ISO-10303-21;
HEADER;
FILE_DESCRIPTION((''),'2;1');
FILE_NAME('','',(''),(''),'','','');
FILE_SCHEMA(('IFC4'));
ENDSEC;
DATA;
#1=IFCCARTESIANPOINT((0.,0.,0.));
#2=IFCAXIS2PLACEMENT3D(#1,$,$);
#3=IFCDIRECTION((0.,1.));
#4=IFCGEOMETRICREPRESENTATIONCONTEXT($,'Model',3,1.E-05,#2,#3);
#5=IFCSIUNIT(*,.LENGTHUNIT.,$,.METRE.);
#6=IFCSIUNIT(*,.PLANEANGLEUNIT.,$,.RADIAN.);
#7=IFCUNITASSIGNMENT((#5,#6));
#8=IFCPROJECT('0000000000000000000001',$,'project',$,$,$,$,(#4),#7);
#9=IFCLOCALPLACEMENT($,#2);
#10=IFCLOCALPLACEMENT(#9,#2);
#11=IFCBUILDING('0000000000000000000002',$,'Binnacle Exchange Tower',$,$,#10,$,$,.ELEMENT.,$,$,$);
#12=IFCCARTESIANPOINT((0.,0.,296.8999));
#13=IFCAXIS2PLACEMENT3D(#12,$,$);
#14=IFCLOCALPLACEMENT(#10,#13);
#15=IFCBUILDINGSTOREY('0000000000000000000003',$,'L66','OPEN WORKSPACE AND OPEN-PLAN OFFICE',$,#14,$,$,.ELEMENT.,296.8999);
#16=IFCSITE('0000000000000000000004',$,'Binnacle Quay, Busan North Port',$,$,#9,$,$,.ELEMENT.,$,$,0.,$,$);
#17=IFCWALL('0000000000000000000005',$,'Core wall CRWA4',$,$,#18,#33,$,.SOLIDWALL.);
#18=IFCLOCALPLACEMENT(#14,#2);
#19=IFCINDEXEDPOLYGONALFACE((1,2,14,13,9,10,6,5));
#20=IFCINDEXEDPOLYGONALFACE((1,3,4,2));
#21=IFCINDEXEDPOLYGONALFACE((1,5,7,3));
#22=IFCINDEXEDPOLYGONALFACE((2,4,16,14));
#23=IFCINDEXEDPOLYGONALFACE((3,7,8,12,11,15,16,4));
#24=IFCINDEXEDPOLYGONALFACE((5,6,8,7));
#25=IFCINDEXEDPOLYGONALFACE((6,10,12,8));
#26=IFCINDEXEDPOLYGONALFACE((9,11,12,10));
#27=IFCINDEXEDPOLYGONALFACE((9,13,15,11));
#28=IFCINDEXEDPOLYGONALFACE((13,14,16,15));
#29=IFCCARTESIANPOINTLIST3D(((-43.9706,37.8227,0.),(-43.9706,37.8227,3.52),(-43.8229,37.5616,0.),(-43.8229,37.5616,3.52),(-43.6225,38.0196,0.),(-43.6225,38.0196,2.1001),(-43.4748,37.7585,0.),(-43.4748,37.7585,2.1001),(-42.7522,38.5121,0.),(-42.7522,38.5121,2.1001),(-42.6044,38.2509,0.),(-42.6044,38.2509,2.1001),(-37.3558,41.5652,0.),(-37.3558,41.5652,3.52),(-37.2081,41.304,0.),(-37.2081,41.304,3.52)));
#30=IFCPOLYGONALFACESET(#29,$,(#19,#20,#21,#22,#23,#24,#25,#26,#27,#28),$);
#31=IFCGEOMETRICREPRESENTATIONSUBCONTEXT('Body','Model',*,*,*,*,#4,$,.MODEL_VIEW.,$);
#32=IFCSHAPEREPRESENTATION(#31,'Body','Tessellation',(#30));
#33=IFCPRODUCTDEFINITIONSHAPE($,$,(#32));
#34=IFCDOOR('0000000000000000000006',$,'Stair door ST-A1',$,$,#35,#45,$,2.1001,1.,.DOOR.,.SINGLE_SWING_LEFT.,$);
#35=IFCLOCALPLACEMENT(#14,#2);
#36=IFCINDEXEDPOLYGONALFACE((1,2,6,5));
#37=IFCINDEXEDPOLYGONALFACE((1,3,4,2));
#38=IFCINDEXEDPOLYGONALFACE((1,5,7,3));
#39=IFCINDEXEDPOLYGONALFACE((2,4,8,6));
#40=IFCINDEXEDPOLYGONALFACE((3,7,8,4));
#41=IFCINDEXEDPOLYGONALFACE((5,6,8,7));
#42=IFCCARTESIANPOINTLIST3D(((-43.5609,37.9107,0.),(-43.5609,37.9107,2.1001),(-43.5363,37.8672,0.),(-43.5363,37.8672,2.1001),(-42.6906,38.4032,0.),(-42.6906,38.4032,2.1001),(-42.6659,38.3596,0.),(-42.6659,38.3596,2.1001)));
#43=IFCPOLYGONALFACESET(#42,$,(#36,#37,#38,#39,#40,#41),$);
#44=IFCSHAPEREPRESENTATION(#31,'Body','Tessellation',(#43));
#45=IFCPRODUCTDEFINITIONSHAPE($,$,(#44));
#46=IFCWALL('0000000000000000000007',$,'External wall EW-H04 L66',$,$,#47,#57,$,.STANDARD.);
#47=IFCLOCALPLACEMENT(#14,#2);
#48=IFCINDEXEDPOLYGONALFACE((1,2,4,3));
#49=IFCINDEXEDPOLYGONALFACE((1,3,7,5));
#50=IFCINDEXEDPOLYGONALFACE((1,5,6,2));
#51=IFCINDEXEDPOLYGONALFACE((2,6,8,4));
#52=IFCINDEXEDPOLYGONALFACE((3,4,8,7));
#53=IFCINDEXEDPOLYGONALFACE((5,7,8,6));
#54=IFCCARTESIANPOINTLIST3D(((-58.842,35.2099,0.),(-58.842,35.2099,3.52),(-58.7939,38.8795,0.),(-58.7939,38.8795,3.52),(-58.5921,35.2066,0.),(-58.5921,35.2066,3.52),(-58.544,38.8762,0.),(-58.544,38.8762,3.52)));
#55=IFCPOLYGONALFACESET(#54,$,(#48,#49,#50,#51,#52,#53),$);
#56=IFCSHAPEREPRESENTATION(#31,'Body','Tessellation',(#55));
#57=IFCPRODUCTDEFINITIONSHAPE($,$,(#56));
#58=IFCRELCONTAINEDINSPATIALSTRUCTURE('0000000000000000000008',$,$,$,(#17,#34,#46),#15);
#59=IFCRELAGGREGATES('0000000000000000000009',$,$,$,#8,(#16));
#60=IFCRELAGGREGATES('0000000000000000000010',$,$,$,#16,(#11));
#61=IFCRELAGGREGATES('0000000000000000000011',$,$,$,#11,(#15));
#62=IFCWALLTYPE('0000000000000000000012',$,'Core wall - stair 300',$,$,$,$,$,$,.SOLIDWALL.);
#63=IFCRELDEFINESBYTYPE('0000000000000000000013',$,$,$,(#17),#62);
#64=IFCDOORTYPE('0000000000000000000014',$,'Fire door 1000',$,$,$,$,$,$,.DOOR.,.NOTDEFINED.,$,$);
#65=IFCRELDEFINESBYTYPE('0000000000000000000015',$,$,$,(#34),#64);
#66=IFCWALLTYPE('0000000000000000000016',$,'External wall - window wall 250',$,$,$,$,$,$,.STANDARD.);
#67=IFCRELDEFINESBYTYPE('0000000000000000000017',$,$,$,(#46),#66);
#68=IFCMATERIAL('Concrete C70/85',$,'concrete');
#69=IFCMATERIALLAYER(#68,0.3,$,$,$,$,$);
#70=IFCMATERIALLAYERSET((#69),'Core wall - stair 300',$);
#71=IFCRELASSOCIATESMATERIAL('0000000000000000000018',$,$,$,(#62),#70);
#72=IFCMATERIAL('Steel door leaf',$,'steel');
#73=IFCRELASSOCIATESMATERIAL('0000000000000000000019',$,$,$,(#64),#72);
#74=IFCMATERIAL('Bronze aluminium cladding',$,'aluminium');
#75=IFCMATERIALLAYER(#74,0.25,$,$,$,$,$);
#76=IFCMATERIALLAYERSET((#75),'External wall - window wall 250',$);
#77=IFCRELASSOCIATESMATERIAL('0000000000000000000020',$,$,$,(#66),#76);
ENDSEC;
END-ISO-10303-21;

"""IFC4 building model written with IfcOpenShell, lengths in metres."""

from ifc_helpers import new_model, si_unit, direction, frame, frame_2d, origin, place, context, subcontext, project, spatial, rectangle, extrude, material, layer, layer_set, type_object, element, fill, save


model = new_model("IFC4")

# Units and contexts
model_context = context("Model", 3, precision=1e-05, world=origin(), true_north=direction((0.0, 1.0)))
body_context = subcontext(model_context, "Body", "Model", "MODEL_VIEW")
ifc_project = project(units=[si_unit("LENGTHUNIT", "METRE"), si_unit("PLANEANGLEUNIT", "RADIAN")], contexts=[model_context])

# Site, building, storey
site_placement = place(None, origin())
site = spatial("IfcSite", under=ifc_project, at=site_placement, Name="Binnacle Quay, Busan North Port", CompositionType="ELEMENT", RefElevation=0.0)
building_placement = place(site_placement, origin())
building = spatial("IfcBuilding", under=site, at=building_placement, Name="Binnacle Exchange Tower", CompositionType="ELEMENT")
storey_placement = place(building_placement, frame((0.0, 0.0, 296.8999)))
storey = spatial("IfcBuildingStorey", under=building, at=storey_placement, Name="L66", Description="OPEN WORKSPACE AND OPEN-PLAN OFFICE", CompositionType="ELEMENT", Elevation=296.8999)

# Shared definitions
ifc_material_1 = material(Name="Concrete C70/85", Category="concrete")

# Wall, opening, door
ifc_layer_1 = layer(ifc_material_1, 0.3)
ifc_layer_set_1 = layer_set([ifc_layer_1], Name="Core wall - stair 300")
wall_type_1 = type_object("IfcWallType", Name="Core wall - stair 300", PredefinedType="SOLIDWALL", material=ifc_layer_set_1)
wall_1_placement = place(storey_placement, frame((-43.8967, 37.6921, 0.0), z_axis=(0.0, 0.0, 1.0), x_axis=(0.870356, 0.492422, 0.0)))
wall_1 = element("IfcWall", 1, at=wall_1_placement, inside=storey, type_object=wall_type_1, Name="Core wall CRWA4", PredefinedType="SOLIDWALL", context=body_context, shape_type="SweptSolid", body=[
    extrude(rectangle(XDim=7.6001, YDim=0.3, at=frame_2d((3.8, 0.0))), origin(), (0.0, 0.0, 1.0), 3.52),
])
opening_1_placement = place(wall_1_placement, frame((0.3999, 0.0, 0.0)))
opening_1 = element("IfcOpeningElement", 2, at=opening_1_placement, cuts=wall_1, PredefinedType="OPENING", context=body_context, shape_type="SweptSolid", body=[
    extrude(rectangle(XDim=1.0, YDim=2.1001, at=frame_2d((0.5, 1.05))), frame((0.0, 0.1599, 0.0), z_axis=(0.0, -1.0, 0.0), x_axis=(1.0, 0.0, 0.0)), (0.0, 0.0, 1.0), 0.3201),
])
ifc_material_2 = material(Name="Steel door leaf", Category="steel")
door_type_1 = type_object("IfcDoorType", Name="Fire door 1000", OperationType="NOTDEFINED", PredefinedType="DOOR", material=ifc_material_2)
door_1_placement = place(opening_1_placement, origin())
door_1 = element("IfcDoor", 3, at=door_1_placement, inside=storey, type_object=door_type_1, Name="Stair door ST-A1", OperationType="SINGLE_SWING_LEFT", OverallHeight=2.1001, OverallWidth=1.0, PredefinedType="DOOR", context=body_context, shape_type="SweptSolid", body=[
    extrude(rectangle(XDim=1.0, YDim=2.1001, at=frame_2d((0.5, 1.05))), frame((0.0, 0.0249, 0.0), z_axis=(0.0, -1.0, 0.0), x_axis=(1.0, 0.0, 0.0)), (0.0, 0.0, 1.0), 0.05),
])
fill(opening_1, door_1)

# Wall
ifc_material_3 = material(Name="Bronze aluminium cladding", Category="aluminium")
ifc_layer_2 = layer(ifc_material_3, 0.25)
ifc_layer_set_2 = layer_set([ifc_layer_2], Name="External wall - window wall 250")
wall_type_2 = type_object("IfcWallType", Name="External wall - window wall 250", PredefinedType="STANDARD", material=ifc_layer_set_2)
wall_2_placement = place(storey_placement, frame((-58.717, 35.2083, 0.0), z_axis=(0.0, 0.0, 1.0), x_axis=(0.013105, 0.999914, 0.0)))
element("IfcWall", 4, at=wall_2_placement, inside=storey, type_object=wall_type_2, Name="External wall EW-H04 L66", PredefinedType="STANDARD", context=body_context, shape_type="SweptSolid", body=[
    extrude(rectangle(XDim=3.6699, YDim=0.25, at=frame_2d((1.835, 0.0))), origin(), (0.0, 0.0, 1.0), 3.52),
])

save(model, "model.ifc")
